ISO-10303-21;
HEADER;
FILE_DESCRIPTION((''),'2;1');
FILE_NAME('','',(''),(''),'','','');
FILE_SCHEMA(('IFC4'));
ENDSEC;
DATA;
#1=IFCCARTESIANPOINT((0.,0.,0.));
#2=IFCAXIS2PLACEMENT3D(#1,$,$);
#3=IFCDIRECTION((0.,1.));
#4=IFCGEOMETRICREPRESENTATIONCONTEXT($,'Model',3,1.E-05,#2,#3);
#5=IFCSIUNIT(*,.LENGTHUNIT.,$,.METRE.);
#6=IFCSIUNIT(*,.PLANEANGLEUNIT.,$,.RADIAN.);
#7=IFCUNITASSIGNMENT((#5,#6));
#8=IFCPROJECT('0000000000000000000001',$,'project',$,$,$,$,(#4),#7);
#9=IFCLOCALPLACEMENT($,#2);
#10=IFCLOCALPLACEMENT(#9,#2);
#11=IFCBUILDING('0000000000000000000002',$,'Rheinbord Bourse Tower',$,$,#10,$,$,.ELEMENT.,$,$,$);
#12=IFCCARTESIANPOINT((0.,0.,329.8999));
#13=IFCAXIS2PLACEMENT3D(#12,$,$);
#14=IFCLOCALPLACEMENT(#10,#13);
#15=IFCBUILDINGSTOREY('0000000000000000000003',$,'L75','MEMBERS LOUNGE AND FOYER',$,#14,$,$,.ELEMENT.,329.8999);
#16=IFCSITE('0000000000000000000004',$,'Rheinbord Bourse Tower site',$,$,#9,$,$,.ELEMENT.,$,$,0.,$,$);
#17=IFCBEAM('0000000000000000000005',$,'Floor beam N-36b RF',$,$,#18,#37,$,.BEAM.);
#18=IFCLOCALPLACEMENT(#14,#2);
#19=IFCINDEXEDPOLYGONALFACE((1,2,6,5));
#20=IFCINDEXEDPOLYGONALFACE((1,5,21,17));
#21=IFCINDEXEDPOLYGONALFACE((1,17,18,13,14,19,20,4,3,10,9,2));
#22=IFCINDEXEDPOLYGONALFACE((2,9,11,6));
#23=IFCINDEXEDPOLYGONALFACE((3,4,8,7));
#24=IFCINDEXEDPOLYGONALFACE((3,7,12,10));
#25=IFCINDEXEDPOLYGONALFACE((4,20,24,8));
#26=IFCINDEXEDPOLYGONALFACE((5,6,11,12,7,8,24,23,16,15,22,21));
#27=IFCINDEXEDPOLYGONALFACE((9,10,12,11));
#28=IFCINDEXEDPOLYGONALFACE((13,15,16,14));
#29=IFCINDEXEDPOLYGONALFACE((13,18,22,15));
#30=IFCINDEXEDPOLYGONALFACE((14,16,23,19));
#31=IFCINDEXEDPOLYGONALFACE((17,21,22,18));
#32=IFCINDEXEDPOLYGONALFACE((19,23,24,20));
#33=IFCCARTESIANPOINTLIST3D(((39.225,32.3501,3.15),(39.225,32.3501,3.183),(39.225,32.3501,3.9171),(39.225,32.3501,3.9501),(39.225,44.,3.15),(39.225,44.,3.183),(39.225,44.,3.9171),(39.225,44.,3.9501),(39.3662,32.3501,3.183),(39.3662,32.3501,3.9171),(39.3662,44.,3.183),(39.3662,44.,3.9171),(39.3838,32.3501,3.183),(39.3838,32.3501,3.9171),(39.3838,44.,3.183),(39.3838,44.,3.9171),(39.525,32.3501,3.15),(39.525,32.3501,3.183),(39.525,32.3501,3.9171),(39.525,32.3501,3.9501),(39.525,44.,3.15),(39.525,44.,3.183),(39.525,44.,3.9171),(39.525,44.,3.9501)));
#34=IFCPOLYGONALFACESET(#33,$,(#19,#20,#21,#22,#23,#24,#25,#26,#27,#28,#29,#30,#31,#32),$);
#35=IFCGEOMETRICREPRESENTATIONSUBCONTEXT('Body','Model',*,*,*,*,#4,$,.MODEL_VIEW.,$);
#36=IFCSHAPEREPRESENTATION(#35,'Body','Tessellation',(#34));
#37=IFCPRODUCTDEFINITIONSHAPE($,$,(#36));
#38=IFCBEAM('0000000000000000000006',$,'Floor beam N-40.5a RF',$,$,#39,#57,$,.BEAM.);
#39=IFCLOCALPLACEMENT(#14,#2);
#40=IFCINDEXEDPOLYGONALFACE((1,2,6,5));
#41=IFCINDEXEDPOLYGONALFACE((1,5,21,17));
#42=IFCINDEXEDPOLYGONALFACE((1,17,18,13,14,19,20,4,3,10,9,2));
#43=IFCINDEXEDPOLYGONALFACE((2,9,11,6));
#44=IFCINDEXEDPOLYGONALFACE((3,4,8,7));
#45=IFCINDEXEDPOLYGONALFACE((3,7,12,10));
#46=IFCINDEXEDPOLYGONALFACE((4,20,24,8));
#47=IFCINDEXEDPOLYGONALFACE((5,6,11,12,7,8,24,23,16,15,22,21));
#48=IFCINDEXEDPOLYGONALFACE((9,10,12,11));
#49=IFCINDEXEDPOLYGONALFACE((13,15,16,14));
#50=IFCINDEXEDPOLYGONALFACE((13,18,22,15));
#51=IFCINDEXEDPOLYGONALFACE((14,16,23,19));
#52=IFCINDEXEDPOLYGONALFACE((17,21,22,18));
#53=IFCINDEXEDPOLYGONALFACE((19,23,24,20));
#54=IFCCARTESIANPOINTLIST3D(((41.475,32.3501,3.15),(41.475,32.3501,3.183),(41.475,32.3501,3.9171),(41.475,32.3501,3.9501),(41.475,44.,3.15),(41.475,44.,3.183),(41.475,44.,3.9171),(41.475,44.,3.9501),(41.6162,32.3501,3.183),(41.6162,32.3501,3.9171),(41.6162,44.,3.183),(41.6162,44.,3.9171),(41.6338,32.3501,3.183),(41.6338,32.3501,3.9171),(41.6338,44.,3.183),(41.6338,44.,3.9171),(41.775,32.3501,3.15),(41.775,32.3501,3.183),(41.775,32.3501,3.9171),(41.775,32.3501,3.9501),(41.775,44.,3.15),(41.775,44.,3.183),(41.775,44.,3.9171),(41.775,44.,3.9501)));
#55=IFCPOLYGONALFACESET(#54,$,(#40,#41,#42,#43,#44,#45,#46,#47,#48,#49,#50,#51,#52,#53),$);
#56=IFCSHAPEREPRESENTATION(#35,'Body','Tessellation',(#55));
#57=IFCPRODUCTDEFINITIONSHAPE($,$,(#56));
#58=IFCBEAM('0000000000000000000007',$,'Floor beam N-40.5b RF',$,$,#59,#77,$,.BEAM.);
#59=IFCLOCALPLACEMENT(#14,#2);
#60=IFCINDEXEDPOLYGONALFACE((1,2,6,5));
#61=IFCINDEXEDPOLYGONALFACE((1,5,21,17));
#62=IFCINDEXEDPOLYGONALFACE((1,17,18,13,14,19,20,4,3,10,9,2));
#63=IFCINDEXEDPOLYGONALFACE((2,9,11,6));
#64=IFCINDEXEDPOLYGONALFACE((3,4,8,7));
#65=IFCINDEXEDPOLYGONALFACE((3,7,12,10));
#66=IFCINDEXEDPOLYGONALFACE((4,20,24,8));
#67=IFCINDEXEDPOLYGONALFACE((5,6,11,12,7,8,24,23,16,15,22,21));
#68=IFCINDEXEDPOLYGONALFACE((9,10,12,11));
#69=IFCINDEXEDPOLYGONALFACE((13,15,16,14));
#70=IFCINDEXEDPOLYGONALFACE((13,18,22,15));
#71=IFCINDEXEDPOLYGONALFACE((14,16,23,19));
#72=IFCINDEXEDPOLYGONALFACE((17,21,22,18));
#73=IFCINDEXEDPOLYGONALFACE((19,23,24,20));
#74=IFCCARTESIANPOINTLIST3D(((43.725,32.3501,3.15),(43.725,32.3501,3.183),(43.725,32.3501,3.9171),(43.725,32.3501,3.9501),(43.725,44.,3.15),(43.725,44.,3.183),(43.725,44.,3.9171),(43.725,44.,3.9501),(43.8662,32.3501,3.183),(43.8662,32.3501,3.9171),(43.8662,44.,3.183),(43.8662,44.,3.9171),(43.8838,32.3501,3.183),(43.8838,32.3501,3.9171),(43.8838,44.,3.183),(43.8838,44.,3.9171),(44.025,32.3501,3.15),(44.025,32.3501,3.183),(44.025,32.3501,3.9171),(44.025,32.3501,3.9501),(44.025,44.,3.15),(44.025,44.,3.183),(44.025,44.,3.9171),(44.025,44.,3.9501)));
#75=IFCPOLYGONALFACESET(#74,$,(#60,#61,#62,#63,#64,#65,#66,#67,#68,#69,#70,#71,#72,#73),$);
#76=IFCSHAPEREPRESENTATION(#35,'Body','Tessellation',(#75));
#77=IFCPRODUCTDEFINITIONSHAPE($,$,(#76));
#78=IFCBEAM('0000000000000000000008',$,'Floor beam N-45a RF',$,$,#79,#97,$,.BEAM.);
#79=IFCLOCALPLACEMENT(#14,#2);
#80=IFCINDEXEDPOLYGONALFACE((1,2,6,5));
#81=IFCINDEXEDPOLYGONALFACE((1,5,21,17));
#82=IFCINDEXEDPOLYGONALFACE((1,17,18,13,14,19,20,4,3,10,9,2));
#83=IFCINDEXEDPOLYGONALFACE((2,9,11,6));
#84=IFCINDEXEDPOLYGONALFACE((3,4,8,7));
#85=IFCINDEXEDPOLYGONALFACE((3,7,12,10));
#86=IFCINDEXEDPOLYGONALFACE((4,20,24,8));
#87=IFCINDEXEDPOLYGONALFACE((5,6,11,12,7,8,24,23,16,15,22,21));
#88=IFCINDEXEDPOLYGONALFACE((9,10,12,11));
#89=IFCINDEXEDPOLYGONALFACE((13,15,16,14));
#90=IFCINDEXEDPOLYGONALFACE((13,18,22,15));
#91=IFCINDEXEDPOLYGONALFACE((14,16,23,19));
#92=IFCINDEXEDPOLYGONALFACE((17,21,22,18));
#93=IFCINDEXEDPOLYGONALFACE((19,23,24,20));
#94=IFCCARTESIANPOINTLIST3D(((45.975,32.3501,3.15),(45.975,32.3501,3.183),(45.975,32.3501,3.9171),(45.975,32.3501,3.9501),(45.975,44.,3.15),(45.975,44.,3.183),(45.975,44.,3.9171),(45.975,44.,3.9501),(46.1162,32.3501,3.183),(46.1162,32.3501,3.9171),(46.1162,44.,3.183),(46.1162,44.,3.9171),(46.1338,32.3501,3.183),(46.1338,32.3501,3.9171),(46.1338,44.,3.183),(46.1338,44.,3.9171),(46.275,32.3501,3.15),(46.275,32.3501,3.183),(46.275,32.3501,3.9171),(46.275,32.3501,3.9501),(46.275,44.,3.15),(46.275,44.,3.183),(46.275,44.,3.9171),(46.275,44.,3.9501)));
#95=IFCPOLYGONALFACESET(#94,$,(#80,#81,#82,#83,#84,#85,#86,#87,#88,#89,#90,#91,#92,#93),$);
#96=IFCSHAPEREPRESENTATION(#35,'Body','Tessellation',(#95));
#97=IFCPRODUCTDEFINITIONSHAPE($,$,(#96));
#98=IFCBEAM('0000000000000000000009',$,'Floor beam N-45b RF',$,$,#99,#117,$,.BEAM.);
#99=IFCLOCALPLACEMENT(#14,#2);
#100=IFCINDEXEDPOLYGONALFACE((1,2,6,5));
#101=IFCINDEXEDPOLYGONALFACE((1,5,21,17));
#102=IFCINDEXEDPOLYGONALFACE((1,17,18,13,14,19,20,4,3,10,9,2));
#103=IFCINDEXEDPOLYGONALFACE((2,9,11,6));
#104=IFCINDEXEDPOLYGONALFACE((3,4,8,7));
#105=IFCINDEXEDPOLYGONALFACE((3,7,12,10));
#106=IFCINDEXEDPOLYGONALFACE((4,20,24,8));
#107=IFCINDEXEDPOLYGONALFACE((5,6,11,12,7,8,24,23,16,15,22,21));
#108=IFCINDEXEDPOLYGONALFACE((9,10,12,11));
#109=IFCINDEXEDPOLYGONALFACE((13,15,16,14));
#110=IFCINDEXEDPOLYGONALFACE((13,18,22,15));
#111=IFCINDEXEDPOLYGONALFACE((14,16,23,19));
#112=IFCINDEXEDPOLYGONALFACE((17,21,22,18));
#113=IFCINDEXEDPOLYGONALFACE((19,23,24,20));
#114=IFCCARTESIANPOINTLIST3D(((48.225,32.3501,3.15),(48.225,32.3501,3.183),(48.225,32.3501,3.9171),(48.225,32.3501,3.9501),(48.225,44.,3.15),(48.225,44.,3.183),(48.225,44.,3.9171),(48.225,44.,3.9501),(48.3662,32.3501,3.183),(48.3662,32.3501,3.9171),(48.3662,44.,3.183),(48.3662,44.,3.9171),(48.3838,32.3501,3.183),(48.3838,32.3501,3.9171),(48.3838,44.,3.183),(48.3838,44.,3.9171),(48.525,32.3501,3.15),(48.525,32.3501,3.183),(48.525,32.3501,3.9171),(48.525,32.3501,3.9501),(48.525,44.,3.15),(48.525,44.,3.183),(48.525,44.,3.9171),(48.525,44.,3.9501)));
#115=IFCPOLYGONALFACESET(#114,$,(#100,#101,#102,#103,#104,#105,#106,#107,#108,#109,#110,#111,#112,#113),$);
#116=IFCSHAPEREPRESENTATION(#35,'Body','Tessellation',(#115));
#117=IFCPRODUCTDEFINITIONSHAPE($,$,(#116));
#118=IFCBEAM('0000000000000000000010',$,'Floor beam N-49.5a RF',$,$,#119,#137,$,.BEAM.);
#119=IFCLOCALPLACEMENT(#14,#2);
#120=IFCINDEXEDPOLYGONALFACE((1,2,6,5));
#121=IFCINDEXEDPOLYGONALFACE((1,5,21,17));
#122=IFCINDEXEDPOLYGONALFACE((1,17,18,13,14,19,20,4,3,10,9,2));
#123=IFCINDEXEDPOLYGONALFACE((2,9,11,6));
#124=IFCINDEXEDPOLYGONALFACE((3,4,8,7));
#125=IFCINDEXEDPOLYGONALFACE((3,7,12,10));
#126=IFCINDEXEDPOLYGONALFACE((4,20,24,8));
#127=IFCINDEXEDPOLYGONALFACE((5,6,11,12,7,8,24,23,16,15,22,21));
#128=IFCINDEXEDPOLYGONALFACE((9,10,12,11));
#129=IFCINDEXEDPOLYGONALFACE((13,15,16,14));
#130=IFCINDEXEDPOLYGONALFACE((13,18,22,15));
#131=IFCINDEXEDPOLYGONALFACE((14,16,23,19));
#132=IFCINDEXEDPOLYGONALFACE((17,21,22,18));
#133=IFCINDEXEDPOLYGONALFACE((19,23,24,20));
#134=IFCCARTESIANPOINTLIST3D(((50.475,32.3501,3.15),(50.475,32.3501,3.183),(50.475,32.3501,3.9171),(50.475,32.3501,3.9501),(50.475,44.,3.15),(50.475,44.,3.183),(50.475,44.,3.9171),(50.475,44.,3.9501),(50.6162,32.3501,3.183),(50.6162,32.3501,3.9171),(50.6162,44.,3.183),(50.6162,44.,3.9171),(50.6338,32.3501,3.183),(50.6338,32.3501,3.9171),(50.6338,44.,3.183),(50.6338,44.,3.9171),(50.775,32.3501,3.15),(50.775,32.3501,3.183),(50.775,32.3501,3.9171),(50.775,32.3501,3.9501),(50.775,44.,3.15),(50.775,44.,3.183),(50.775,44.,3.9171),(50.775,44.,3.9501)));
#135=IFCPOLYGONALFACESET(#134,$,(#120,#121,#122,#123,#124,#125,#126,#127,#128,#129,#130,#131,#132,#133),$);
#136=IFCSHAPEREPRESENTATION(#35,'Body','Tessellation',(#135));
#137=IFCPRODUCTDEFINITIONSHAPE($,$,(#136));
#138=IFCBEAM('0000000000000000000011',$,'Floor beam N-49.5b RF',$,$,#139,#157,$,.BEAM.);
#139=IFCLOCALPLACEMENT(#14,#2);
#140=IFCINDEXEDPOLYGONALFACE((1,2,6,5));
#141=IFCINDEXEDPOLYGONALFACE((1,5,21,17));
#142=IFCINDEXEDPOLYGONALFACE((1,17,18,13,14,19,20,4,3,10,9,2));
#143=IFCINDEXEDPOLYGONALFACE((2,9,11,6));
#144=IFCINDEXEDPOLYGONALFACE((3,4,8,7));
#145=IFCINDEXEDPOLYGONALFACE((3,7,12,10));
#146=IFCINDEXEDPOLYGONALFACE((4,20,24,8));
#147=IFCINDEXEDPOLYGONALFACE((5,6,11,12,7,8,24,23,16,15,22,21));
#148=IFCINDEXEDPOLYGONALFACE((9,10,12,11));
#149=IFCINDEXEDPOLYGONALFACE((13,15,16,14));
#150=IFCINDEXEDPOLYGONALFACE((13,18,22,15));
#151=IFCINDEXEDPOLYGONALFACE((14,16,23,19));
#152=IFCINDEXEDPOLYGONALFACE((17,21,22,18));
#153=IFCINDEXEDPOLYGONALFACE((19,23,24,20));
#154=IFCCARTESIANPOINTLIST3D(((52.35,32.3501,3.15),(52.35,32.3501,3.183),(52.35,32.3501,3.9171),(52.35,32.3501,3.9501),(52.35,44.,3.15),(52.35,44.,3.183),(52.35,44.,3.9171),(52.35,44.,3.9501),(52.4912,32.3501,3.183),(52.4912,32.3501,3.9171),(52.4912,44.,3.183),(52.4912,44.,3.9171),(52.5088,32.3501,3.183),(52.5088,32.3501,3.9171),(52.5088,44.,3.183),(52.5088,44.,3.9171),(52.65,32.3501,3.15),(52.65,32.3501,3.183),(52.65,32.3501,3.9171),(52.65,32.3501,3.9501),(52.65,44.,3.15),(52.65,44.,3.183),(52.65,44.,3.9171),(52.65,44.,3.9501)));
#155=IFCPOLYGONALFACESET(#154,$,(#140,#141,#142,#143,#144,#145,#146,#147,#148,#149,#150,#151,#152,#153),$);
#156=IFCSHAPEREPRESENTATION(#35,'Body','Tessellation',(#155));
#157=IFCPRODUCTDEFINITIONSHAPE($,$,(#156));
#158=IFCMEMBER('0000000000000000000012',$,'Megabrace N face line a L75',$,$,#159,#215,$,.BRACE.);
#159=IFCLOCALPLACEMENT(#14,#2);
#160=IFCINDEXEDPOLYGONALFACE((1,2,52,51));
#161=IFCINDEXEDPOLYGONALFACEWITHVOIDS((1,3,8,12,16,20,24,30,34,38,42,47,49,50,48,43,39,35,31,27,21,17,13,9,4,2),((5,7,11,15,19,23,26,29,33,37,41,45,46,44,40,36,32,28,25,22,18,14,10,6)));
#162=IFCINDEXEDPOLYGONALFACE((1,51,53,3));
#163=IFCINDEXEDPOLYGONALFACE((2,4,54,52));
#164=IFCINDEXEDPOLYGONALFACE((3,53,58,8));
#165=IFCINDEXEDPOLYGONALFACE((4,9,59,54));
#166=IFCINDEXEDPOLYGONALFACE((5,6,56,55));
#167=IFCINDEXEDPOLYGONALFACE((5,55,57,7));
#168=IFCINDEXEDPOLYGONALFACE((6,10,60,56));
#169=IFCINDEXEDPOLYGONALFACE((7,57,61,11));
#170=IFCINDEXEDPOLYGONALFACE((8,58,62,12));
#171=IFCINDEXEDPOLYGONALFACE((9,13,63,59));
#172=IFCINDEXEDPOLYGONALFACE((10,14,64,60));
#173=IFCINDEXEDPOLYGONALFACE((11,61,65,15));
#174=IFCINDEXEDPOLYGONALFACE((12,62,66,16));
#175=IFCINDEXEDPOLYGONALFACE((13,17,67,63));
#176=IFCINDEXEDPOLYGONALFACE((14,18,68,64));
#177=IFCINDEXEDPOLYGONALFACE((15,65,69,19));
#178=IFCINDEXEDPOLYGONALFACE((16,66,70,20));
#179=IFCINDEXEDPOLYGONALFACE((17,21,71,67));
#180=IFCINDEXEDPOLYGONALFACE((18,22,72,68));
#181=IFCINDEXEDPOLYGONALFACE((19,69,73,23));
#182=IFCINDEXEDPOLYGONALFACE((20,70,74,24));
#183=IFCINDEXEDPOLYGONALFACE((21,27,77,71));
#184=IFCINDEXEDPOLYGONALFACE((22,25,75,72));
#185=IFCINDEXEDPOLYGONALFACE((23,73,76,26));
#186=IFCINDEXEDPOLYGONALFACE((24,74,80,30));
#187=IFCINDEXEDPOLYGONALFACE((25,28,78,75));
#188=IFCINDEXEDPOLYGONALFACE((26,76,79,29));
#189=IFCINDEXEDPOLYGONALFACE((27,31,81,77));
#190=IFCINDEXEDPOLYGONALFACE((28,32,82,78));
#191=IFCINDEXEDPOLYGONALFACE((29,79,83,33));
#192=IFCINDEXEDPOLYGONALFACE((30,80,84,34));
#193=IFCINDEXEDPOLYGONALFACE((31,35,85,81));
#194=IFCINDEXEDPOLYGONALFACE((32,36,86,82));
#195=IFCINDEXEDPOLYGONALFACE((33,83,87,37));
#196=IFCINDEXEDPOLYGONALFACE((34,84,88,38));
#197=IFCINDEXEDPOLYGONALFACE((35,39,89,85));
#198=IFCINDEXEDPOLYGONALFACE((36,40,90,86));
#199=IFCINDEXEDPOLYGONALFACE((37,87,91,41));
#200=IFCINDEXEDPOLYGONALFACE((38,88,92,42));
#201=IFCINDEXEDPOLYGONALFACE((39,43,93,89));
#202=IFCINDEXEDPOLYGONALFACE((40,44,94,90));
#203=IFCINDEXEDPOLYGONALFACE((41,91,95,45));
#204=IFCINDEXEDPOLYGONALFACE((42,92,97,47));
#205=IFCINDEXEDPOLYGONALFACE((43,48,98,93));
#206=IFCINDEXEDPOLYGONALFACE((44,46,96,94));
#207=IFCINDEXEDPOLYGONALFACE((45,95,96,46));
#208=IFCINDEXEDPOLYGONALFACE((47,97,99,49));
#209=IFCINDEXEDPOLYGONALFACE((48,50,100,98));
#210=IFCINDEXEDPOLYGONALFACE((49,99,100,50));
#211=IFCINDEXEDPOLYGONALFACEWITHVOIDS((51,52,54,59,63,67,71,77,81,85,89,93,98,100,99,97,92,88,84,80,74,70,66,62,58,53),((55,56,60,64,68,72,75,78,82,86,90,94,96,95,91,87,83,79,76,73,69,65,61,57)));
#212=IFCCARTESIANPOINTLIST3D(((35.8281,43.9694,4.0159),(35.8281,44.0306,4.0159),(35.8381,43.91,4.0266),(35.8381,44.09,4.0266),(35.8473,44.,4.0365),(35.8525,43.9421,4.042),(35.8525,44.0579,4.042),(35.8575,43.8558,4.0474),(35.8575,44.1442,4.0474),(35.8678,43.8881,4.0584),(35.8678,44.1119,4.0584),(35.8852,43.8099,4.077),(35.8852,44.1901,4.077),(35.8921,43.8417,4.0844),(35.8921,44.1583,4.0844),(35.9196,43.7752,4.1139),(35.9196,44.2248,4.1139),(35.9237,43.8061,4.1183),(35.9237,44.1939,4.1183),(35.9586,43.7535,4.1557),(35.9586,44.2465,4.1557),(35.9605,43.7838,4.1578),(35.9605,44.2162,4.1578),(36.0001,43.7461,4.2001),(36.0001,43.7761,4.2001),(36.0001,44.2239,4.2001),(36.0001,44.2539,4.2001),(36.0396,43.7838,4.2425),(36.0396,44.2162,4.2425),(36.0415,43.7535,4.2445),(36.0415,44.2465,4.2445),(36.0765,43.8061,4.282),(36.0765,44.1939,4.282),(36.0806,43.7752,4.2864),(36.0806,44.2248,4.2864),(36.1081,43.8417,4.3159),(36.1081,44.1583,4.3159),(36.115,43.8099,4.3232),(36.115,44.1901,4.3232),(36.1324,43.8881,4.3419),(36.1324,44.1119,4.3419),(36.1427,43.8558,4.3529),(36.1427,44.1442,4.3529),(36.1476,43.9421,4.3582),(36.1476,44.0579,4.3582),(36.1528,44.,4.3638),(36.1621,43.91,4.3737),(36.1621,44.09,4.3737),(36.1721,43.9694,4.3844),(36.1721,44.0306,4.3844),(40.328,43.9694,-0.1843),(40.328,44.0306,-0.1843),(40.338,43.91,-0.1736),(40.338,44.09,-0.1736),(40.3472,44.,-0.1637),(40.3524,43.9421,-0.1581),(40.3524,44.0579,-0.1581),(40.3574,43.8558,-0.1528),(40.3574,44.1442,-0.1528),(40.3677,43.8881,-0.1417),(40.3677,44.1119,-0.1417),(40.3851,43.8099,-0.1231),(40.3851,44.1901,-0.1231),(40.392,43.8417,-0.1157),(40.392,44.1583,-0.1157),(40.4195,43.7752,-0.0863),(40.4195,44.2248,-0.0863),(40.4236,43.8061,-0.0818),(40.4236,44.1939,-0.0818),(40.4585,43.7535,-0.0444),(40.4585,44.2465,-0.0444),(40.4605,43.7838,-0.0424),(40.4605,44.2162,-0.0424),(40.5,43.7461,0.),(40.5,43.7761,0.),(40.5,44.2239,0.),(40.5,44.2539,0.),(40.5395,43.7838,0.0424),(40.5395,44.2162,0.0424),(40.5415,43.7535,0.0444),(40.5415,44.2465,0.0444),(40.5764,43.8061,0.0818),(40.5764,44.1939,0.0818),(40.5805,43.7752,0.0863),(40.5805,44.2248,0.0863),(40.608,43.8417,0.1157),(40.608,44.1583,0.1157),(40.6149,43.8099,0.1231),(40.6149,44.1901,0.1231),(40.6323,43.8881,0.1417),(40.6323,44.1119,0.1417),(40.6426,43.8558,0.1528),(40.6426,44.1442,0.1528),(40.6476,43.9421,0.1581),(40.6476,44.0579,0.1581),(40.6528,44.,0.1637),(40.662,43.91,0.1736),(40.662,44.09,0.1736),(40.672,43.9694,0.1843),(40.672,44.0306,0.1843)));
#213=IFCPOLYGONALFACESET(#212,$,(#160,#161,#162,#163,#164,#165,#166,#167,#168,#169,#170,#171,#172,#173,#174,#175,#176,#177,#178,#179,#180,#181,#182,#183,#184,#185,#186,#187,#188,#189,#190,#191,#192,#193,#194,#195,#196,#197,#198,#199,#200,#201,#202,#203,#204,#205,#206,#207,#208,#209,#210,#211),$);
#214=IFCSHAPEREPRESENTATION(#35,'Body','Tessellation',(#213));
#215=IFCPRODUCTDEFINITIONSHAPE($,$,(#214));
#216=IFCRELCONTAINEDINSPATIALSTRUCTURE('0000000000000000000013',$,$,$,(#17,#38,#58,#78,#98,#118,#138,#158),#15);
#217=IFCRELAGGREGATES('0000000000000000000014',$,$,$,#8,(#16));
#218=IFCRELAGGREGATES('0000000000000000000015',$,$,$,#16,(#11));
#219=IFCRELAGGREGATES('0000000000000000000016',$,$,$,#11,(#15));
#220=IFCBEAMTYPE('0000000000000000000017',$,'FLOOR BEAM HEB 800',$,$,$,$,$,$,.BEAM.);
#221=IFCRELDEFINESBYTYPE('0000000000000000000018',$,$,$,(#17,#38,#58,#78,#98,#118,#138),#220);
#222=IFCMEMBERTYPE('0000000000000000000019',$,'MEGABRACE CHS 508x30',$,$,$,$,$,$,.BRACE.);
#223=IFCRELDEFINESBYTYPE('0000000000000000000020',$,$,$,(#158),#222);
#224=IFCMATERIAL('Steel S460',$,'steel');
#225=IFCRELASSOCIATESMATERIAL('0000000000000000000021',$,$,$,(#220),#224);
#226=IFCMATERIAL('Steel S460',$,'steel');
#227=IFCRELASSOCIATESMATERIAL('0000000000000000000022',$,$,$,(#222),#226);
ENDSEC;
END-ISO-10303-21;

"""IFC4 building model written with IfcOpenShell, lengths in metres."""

from ifc_helpers import new_model, si_unit, direction, frame, origin, origin_2d, place, context, subcontext, project, spatial, hollow_circle, i_section, extrude, material, material_profile, profile_set, type_object, element, save


model = new_model("IFC4")

# Units and contexts
model_context = context("Model", 3, precision=1e-05, world=origin(), true_north=direction((0.0, 1.0)))
body_context = subcontext(model_context, "Body", "Model", "MODEL_VIEW")
ifc_project = project(units=[si_unit("LENGTHUNIT", "METRE"), si_unit("PLANEANGLEUNIT", "RADIAN")], contexts=[model_context])

# Site, building, storey
site_placement = place(None, origin())
site = spatial("IfcSite", under=ifc_project, at=site_placement, Name="Rheinbord Bourse Tower site", CompositionType="ELEMENT", RefElevation=0.0)
building_placement = place(site_placement, origin())
building = spatial("IfcBuilding", under=site, at=building_placement, Name="Rheinbord Bourse Tower", CompositionType="ELEMENT")
storey_placement = place(building_placement, frame((0.0, 0.0, 329.8999)))
storey = spatial("IfcBuildingStorey", under=building, at=storey_placement, Name="L75", Description="MEMBERS LOUNGE AND FOYER", CompositionType="ELEMENT", Elevation=329.8999)

# Beams
ifc_material_1 = material(Name="Steel S460", Category="steel")
ifc_material_profile_1 = material_profile(ifc_material_1, i_section(OverallWidth=0.3, OverallDepth=0.8, WebThickness=0.0176, FlangeThickness=0.033, at=origin_2d()), Name="HEB 800")
ifc_profile_set_1 = profile_set([ifc_material_profile_1], Name="Steel S460")
beam_type_1 = type_object("IfcBeamType", Name="FLOOR BEAM HEB 800", PredefinedType="BEAM", material=ifc_profile_set_1)
for number, where, z_axis, x_axis, name in (
    (1, (39.375, 44.0, 3.55), (0.0, -1.0, 0.0), (1.0, 0.0, 0.0), "Floor beam N-36b RF"),
    (2, (41.625, 44.0, 3.55), (0.0, -1.0, 0.0), (1.0, 0.0, 0.0), "Floor beam N-40.5a RF"),
    (3, (43.875, 44.0, 3.55), (0.0, -1.0, 0.0), (1.0, 0.0, 0.0), "Floor beam N-40.5b RF"),
    (4, (46.125, 44.0, 3.55), (0.0, -1.0, 0.0), (1.0, 0.0, 0.0), "Floor beam N-45a RF"),
    (5, (48.375, 44.0, 3.55), (0.0, -1.0, 0.0), (1.0, 0.0, 0.0), "Floor beam N-45b RF"),
    (6, (50.625, 44.0, 3.55), (0.0, -1.0, 0.0), (1.0, 0.0, 0.0), "Floor beam N-49.5a RF"),
    (7, (52.5, 44.0, 3.55), (0.0, -1.0, 0.0), (1.0, 0.0, 0.0), "Floor beam N-49.5b RF"),
):
    element("IfcBeam", number, at=place(storey_placement, frame(where, z_axis=z_axis, x_axis=x_axis)), inside=storey, type_object=beam_type_1, Name=name, PredefinedType="BEAM", context=body_context, shape_type="SweptSolid", body=[
        extrude(i_section(OverallWidth=0.3, OverallDepth=0.8, WebThickness=0.0176, FlangeThickness=0.033, at=origin_2d()), origin(), (0.0, 0.0, 1.0), 11.6499),
    ])

# Member
ifc_material_2 = material(Name="Steel S460", Category="steel")
ifc_material_profile_2 = material_profile(ifc_material_2, hollow_circle(Radius=0.2539, WallThickness=0.03, at=origin_2d()), Name="CHS 508x30")
ifc_profile_set_2 = profile_set([ifc_material_profile_2], Name="Steel S460")
member_type_1 = type_object("IfcMemberType", Name="MEGABRACE CHS 508x30", PredefinedType="BRACE", material=ifc_profile_set_2)
member_1_placement = place(storey_placement, frame((40.5, 44.0, 0.0), z_axis=(-0.731039, 0.0, 0.682335), x_axis=(0.0, -1.0, 0.0)))
element("IfcMember", 8, at=member_1_placement, inside=storey, type_object=member_type_1, Name="Megabrace N face line a L75", PredefinedType="BRACE", context=body_context, shape_type="SweptSolid", body=[
    extrude(hollow_circle(Radius=0.2539, WallThickness=0.03, at=origin_2d()), origin(), (0.0, 0.0, 1.0), 6.1555),
])

save(model, "model.ifc")
